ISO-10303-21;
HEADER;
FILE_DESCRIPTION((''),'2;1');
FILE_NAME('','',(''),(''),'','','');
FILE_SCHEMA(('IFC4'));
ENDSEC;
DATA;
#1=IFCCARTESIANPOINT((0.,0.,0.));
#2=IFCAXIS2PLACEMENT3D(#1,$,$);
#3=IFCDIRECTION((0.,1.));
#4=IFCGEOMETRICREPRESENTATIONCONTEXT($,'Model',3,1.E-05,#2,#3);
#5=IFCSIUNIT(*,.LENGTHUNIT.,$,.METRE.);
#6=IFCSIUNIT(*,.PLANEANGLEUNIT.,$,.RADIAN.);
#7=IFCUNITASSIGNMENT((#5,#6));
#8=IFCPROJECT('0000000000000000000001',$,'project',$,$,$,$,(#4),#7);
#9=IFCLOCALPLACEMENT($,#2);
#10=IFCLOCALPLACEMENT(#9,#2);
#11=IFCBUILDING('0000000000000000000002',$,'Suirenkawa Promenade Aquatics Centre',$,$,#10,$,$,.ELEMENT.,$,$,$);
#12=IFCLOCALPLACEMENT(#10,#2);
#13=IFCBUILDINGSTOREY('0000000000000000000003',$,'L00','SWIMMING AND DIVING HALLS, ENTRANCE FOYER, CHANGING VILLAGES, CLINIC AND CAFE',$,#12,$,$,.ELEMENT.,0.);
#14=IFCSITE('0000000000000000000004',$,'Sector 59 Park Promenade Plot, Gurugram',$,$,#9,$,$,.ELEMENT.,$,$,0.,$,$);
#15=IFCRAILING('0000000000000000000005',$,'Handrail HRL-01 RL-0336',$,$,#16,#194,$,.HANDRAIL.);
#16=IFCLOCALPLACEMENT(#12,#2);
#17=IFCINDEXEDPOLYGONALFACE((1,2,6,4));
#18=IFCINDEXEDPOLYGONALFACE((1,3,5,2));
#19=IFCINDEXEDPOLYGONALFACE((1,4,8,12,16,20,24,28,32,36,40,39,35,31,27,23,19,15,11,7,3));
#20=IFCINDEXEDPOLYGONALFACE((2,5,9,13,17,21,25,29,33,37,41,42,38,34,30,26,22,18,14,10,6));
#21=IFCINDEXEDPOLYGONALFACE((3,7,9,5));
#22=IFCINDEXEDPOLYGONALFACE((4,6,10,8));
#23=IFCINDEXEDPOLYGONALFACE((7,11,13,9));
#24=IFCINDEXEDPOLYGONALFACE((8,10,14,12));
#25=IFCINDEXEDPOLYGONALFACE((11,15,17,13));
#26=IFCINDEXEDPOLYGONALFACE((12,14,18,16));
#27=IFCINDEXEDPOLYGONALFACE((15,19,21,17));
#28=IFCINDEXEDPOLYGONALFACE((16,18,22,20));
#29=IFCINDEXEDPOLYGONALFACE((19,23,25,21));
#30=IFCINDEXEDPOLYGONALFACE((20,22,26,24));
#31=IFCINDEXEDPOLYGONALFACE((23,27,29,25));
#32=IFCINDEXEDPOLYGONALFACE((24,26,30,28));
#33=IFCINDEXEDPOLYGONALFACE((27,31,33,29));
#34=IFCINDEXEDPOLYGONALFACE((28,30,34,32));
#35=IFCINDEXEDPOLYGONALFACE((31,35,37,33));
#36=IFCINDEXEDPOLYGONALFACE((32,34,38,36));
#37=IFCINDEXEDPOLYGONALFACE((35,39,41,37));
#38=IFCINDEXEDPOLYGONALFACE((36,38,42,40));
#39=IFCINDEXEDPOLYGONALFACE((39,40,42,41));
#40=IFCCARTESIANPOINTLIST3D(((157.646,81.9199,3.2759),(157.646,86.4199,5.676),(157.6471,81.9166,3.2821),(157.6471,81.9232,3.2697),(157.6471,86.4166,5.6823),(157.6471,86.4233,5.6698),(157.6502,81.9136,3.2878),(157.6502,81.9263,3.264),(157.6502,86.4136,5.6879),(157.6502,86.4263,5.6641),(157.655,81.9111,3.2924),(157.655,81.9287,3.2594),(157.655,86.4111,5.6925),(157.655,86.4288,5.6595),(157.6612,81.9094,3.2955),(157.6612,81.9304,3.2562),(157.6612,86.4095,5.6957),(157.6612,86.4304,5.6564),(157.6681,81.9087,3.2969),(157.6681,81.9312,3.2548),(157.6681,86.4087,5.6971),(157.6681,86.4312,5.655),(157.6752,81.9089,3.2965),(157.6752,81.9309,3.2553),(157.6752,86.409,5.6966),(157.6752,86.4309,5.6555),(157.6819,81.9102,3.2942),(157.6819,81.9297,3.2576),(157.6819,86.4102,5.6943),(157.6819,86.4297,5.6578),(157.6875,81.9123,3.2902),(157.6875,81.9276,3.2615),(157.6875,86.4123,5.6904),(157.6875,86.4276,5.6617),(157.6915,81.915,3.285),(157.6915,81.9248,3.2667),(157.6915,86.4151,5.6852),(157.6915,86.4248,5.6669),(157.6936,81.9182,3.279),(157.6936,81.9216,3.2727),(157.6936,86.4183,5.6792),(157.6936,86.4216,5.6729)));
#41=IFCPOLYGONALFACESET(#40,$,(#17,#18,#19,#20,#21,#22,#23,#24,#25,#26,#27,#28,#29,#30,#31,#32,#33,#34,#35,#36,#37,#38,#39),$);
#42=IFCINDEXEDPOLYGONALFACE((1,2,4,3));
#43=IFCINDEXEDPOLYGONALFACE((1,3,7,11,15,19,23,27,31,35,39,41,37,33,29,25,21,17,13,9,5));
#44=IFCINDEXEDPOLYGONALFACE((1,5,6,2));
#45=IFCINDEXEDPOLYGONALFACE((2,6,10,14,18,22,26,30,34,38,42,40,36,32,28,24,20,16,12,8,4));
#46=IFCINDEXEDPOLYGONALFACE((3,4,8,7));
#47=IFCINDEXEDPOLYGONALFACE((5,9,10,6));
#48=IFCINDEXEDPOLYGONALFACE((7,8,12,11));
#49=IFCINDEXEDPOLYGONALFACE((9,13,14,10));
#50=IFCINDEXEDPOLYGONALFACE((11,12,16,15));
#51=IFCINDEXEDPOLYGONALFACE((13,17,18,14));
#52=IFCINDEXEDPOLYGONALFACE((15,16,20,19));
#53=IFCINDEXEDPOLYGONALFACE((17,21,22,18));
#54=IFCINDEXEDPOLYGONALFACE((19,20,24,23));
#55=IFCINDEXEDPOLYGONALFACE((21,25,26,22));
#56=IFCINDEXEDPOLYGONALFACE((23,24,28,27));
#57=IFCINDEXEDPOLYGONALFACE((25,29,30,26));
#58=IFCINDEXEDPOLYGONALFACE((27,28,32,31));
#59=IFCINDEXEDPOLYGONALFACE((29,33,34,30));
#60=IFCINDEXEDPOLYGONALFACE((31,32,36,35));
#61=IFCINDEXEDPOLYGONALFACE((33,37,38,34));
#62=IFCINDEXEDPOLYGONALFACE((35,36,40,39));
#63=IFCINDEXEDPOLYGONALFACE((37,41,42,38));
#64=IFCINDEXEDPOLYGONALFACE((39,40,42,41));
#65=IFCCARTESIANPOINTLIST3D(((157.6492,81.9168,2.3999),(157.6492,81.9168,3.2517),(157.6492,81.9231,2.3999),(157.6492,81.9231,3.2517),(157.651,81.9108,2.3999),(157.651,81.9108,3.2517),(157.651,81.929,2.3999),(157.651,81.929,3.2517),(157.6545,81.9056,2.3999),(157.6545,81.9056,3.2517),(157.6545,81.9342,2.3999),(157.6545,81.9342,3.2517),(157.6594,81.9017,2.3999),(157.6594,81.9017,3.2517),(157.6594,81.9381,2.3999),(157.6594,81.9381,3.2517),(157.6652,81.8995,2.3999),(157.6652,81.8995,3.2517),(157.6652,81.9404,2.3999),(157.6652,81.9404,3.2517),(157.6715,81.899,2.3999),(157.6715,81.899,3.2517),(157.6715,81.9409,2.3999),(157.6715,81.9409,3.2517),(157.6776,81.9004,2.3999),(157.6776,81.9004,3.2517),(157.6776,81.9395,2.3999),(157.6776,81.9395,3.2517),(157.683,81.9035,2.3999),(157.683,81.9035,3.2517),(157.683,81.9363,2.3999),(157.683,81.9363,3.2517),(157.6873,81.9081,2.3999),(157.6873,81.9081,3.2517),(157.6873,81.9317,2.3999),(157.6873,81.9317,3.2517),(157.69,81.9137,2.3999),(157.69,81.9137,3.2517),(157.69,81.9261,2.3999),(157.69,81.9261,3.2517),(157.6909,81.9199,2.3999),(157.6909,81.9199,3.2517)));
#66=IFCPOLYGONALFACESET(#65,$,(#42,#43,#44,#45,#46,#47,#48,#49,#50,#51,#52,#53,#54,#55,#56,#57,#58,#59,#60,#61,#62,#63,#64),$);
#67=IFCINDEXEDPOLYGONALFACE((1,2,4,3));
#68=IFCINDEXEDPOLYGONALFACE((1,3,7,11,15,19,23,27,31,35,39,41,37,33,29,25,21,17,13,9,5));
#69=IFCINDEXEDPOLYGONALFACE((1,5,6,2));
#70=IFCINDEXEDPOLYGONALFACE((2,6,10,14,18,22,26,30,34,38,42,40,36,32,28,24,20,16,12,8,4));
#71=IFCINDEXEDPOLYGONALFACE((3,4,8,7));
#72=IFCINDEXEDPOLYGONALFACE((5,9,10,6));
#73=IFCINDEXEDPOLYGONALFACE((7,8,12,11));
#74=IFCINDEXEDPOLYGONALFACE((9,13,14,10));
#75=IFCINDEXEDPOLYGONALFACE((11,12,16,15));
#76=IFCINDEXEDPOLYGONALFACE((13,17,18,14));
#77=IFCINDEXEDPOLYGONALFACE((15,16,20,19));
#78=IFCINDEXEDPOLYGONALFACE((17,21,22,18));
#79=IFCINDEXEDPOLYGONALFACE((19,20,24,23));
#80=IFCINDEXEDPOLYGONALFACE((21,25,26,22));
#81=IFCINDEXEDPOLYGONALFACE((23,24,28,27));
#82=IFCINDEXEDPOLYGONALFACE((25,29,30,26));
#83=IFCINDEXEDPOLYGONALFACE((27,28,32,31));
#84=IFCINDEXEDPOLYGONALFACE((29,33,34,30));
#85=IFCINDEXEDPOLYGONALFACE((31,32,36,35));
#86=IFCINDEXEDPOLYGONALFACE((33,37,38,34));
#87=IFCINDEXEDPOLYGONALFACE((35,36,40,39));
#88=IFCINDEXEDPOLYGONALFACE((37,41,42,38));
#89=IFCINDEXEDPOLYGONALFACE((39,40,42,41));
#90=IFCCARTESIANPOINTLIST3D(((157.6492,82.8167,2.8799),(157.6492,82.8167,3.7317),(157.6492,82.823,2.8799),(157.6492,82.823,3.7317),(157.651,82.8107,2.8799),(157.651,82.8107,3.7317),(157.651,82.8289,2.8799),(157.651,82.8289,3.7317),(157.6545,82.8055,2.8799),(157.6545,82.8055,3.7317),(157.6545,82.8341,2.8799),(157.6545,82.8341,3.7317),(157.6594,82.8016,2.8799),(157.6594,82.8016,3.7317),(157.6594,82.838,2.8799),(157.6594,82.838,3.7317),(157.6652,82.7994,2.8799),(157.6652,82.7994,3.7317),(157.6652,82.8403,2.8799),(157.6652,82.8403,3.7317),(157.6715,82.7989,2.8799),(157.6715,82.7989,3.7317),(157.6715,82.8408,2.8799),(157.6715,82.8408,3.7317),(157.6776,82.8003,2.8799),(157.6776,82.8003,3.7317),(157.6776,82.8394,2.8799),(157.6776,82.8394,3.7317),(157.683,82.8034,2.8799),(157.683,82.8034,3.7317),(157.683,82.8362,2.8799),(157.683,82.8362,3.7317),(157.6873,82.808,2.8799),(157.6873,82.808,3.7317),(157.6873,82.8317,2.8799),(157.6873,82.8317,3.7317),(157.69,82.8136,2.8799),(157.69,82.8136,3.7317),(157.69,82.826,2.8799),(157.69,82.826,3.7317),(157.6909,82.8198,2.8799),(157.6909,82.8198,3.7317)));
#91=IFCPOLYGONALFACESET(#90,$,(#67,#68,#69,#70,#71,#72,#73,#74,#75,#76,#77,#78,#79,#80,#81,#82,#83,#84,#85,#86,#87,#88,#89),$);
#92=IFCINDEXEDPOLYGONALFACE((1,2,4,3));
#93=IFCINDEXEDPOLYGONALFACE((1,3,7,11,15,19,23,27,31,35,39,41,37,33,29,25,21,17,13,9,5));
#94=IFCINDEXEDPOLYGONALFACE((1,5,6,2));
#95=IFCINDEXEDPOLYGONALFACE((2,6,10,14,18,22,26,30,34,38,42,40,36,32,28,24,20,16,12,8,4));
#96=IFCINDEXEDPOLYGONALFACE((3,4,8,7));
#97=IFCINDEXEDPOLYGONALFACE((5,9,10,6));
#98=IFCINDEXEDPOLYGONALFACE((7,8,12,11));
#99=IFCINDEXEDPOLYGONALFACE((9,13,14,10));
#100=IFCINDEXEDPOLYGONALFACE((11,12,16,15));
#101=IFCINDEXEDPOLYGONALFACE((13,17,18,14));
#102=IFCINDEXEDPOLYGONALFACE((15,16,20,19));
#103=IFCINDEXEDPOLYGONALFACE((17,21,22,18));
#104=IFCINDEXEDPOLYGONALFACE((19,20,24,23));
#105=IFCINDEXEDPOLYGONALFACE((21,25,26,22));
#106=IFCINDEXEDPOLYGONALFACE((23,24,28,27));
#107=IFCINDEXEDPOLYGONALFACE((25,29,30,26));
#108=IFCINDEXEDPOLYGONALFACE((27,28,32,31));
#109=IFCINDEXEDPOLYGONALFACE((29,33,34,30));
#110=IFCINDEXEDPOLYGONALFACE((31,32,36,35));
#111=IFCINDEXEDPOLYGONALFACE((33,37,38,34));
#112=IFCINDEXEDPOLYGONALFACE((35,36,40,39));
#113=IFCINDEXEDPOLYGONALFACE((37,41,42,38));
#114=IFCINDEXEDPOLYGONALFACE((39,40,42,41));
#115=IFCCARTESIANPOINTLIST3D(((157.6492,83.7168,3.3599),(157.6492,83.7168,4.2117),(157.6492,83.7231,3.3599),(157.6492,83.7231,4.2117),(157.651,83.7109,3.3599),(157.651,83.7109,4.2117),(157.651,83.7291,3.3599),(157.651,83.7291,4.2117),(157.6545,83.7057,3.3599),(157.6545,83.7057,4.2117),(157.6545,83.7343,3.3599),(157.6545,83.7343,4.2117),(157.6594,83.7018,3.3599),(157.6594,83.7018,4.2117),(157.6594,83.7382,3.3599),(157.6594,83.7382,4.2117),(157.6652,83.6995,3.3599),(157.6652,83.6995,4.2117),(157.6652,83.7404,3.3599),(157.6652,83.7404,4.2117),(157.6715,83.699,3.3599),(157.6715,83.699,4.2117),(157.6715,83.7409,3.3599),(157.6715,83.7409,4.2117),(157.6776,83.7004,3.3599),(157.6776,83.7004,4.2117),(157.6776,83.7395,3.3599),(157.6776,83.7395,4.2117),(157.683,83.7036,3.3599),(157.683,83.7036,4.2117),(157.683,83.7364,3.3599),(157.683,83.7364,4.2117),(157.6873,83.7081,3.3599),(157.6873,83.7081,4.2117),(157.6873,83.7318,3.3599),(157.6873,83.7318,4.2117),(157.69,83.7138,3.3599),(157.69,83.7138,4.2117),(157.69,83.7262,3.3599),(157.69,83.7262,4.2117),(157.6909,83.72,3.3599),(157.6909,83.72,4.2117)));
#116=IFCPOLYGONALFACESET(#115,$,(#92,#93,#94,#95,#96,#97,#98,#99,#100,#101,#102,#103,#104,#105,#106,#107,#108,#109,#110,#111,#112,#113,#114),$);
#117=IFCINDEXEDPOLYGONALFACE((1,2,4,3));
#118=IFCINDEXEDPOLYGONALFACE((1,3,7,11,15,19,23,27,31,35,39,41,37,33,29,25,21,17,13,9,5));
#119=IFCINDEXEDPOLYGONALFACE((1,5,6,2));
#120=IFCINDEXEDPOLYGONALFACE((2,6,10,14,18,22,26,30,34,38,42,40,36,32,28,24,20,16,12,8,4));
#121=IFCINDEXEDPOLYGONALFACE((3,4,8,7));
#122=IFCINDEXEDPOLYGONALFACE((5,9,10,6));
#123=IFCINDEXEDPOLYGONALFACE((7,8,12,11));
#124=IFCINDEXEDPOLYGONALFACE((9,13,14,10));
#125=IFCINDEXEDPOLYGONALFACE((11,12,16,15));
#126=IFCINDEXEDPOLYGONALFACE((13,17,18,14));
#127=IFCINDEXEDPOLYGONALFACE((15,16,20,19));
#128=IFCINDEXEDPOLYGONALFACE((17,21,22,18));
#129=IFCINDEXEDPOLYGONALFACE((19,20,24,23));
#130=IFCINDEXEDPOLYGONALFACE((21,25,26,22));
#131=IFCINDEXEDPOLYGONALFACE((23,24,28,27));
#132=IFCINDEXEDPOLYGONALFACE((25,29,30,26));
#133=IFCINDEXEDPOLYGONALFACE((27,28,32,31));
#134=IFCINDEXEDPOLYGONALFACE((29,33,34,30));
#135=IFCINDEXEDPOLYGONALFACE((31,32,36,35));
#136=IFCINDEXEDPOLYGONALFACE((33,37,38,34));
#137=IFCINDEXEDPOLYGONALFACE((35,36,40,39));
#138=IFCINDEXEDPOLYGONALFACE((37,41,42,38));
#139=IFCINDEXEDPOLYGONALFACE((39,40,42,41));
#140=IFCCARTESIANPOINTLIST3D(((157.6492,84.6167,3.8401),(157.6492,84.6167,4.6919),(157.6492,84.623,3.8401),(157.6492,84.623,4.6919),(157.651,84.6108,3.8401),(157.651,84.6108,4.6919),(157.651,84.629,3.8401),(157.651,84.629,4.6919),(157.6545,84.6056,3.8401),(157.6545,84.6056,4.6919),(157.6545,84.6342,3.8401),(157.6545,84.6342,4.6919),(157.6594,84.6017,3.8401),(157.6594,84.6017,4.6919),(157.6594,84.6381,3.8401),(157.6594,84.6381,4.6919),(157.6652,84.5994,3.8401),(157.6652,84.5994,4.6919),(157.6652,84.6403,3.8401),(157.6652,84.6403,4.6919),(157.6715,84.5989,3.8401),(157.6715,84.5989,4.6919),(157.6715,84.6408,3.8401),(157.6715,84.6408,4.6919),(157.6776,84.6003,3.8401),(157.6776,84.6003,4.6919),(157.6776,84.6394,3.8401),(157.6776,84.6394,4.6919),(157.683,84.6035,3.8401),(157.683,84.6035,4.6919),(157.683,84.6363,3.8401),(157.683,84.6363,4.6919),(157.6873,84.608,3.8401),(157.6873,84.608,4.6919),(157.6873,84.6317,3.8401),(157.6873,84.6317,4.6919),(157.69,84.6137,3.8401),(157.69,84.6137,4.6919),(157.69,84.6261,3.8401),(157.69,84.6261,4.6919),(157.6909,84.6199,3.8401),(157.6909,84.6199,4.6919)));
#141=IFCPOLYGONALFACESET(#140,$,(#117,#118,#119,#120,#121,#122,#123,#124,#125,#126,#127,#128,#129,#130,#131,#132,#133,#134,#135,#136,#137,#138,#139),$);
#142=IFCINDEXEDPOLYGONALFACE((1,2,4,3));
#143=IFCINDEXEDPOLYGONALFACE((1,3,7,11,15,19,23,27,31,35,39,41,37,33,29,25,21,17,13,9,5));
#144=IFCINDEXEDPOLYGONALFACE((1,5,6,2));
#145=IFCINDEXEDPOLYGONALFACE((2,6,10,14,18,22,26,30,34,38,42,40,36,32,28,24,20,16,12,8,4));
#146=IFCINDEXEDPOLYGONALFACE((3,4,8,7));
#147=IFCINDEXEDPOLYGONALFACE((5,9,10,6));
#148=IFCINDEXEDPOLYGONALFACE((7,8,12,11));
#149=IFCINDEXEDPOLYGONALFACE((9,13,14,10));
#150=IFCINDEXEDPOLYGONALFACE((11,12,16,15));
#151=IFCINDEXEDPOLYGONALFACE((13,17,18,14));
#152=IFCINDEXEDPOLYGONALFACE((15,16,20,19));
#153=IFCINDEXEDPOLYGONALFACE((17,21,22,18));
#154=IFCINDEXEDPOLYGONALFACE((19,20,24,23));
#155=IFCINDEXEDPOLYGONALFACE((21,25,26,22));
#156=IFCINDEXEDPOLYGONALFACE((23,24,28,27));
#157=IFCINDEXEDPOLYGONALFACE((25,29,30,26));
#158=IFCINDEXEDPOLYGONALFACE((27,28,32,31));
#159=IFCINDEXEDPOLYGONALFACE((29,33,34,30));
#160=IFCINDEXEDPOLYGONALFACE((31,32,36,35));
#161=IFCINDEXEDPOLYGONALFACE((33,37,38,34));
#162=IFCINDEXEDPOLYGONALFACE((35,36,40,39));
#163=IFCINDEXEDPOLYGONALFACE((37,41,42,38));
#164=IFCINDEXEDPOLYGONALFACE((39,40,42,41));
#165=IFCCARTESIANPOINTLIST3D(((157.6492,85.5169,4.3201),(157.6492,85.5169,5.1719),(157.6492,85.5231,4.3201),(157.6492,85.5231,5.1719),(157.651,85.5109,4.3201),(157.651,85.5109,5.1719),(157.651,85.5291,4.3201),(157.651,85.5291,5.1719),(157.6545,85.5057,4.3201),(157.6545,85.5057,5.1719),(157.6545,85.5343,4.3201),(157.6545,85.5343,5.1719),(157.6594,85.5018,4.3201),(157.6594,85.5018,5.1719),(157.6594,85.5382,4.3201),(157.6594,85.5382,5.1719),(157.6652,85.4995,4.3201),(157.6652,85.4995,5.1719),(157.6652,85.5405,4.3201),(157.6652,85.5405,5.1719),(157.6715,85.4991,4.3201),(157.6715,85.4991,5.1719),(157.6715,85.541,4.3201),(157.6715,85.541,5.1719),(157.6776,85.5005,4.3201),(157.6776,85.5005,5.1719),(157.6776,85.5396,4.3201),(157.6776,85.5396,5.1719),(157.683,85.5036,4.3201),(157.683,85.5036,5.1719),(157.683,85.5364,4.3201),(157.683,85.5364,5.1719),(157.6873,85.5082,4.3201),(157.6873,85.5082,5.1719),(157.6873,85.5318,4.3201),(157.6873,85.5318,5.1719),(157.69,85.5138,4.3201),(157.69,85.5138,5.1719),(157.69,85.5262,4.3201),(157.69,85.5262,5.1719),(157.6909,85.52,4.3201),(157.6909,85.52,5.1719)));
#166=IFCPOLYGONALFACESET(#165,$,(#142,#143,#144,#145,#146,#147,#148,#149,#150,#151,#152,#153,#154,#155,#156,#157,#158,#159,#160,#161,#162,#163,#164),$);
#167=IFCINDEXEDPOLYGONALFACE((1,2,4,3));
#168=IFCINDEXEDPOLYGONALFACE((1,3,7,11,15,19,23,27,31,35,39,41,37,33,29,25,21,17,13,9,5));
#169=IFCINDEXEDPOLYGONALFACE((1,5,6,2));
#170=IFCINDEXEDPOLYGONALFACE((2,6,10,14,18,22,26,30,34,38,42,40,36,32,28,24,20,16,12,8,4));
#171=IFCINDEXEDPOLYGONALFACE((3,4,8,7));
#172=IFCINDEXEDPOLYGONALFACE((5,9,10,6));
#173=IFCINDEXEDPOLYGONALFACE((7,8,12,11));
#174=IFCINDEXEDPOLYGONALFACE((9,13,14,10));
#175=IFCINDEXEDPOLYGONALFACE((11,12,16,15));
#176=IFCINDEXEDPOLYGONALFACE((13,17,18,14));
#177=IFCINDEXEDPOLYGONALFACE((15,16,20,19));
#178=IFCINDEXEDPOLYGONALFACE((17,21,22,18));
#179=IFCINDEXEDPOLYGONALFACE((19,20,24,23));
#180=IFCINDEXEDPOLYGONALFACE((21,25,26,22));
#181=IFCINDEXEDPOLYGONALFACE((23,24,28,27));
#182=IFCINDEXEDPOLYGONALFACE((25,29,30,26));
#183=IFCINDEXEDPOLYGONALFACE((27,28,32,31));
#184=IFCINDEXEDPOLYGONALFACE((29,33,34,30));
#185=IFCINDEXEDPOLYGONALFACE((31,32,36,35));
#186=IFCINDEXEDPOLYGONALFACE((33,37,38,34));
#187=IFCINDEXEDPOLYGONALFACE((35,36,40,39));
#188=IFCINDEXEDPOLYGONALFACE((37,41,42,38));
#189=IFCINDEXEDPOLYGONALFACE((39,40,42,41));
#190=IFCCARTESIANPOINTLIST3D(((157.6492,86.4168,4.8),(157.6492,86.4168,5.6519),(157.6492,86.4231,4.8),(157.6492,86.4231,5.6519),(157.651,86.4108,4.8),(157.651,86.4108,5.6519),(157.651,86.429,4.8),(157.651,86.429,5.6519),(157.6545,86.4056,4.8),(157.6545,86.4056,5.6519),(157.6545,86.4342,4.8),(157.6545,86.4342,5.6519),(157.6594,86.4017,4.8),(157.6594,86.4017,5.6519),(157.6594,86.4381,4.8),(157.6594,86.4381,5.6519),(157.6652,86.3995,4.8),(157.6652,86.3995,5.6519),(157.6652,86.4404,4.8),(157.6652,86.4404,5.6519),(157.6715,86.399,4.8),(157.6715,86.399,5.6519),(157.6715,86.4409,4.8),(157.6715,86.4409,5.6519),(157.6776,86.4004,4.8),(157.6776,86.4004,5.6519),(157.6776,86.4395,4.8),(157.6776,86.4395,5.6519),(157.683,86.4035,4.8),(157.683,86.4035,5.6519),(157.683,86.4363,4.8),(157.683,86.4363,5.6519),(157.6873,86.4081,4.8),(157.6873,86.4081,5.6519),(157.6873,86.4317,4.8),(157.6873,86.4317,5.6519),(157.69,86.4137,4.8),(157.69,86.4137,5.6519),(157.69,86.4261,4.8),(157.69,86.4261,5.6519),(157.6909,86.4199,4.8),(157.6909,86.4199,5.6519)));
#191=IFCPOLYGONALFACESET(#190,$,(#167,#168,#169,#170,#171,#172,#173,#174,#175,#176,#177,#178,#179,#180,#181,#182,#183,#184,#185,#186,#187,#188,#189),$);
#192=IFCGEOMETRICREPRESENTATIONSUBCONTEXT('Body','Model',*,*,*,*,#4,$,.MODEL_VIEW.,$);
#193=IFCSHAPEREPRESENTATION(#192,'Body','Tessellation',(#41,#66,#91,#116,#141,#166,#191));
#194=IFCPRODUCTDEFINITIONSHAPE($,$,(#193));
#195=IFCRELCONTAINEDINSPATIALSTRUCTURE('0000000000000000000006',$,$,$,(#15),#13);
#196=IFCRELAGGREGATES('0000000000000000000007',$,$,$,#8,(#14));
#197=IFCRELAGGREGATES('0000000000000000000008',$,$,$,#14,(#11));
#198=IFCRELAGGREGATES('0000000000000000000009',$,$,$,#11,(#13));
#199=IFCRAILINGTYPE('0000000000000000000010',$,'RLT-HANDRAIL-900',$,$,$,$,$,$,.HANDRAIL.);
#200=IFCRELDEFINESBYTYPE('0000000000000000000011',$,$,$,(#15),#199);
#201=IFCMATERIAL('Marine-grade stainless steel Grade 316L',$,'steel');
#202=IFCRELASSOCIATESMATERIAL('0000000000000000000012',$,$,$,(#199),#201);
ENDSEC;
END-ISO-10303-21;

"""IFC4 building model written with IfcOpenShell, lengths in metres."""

from ifc_helpers import new_model, si_unit, direction, frame, origin, origin_2d, place, context, subcontext, project, spatial, circle, extrude, material, type_object, element, save


model = new_model("IFC4")

# Units and contexts
model_context = context("Model", 3, precision=1e-05, world=origin(), true_north=direction((0.0, 1.0)))
body_context = subcontext(model_context, "Body", "Model", "MODEL_VIEW")
ifc_project = project(units=[si_unit("LENGTHUNIT", "METRE"), si_unit("PLANEANGLEUNIT", "RADIAN")], contexts=[model_context])

# Site, building, storey
site_placement = place(None, origin())
site = spatial("IfcSite", under=ifc_project, at=site_placement, Name="Sector 59 Park Promenade Plot, Gurugram", CompositionType="ELEMENT", RefElevation=0.0)
building_placement = place(site_placement, origin())
building = spatial("IfcBuilding", under=site, at=building_placement, Name="Suirenkawa Promenade Aquatics Centre", CompositionType="ELEMENT")
storey_placement = place(building_placement, origin())
storey = spatial("IfcBuildingStorey", under=building, at=storey_placement, Name="L00", Description="SWIMMING AND DIVING HALLS, ENTRANCE FOYER, CHANGING VILLAGES, CLINIC AND CAFE", CompositionType="ELEMENT", Elevation=0.0)

# Railing
ifc_material_1 = material(Name="Marine-grade stainless steel Grade 316L", Category="steel")
railing_type_1 = type_object("IfcRailingType", Name="RLT-HANDRAIL-900", PredefinedType="HANDRAIL", material=ifc_material_1)
for number, where, name in (
    (1, (157.6699, 81.9199, 2.3999), "Handrail HRL-01 RL-0336"),
):
    element("IfcRailing", number, at=place(storey_placement, frame(where)), inside=storey, type_object=railing_type_1, Name=name, PredefinedType="HANDRAIL", context=body_context, shape_type="SweptSolid", body=[
        extrude(circle(Radius=0.0239, at=origin_2d()), frame((0.0, 0.0, 0.876), z_axis=(0.0, 0.882341, 0.470611), x_axis=(-1.0, 0.0, 0.0)), (0.0, 0.0, 1.0), 5.1001),
        extrude(circle(Radius=0.021, at=origin_2d()), origin(), (0.0, 0.0, 1.0), 0.8518),
        extrude(circle(Radius=0.021, at=origin_2d()), frame((0.0, 0.8999, 0.48)), (0.0, 0.0, 1.0), 0.8518),
        extrude(circle(Radius=0.021, at=origin_2d()), frame((0.0, 1.8, 0.96)), (0.0, 0.0, 1.0), 0.8518),
        extrude(circle(Radius=0.021, at=origin_2d()), frame((0.0, 2.7, 1.4402)), (0.0, 0.0, 1.0), 0.8518),
        extrude(circle(Radius=0.021, at=origin_2d()), frame((0.0, 3.6001, 1.9202)), (0.0, 0.0, 1.0), 0.8518),
        extrude(circle(Radius=0.021, at=origin_2d()), frame((0.0, 4.5, 2.4001)), (0.0, 0.0, 1.0), 0.8518),
    ])

save(model, "model.ifc")
